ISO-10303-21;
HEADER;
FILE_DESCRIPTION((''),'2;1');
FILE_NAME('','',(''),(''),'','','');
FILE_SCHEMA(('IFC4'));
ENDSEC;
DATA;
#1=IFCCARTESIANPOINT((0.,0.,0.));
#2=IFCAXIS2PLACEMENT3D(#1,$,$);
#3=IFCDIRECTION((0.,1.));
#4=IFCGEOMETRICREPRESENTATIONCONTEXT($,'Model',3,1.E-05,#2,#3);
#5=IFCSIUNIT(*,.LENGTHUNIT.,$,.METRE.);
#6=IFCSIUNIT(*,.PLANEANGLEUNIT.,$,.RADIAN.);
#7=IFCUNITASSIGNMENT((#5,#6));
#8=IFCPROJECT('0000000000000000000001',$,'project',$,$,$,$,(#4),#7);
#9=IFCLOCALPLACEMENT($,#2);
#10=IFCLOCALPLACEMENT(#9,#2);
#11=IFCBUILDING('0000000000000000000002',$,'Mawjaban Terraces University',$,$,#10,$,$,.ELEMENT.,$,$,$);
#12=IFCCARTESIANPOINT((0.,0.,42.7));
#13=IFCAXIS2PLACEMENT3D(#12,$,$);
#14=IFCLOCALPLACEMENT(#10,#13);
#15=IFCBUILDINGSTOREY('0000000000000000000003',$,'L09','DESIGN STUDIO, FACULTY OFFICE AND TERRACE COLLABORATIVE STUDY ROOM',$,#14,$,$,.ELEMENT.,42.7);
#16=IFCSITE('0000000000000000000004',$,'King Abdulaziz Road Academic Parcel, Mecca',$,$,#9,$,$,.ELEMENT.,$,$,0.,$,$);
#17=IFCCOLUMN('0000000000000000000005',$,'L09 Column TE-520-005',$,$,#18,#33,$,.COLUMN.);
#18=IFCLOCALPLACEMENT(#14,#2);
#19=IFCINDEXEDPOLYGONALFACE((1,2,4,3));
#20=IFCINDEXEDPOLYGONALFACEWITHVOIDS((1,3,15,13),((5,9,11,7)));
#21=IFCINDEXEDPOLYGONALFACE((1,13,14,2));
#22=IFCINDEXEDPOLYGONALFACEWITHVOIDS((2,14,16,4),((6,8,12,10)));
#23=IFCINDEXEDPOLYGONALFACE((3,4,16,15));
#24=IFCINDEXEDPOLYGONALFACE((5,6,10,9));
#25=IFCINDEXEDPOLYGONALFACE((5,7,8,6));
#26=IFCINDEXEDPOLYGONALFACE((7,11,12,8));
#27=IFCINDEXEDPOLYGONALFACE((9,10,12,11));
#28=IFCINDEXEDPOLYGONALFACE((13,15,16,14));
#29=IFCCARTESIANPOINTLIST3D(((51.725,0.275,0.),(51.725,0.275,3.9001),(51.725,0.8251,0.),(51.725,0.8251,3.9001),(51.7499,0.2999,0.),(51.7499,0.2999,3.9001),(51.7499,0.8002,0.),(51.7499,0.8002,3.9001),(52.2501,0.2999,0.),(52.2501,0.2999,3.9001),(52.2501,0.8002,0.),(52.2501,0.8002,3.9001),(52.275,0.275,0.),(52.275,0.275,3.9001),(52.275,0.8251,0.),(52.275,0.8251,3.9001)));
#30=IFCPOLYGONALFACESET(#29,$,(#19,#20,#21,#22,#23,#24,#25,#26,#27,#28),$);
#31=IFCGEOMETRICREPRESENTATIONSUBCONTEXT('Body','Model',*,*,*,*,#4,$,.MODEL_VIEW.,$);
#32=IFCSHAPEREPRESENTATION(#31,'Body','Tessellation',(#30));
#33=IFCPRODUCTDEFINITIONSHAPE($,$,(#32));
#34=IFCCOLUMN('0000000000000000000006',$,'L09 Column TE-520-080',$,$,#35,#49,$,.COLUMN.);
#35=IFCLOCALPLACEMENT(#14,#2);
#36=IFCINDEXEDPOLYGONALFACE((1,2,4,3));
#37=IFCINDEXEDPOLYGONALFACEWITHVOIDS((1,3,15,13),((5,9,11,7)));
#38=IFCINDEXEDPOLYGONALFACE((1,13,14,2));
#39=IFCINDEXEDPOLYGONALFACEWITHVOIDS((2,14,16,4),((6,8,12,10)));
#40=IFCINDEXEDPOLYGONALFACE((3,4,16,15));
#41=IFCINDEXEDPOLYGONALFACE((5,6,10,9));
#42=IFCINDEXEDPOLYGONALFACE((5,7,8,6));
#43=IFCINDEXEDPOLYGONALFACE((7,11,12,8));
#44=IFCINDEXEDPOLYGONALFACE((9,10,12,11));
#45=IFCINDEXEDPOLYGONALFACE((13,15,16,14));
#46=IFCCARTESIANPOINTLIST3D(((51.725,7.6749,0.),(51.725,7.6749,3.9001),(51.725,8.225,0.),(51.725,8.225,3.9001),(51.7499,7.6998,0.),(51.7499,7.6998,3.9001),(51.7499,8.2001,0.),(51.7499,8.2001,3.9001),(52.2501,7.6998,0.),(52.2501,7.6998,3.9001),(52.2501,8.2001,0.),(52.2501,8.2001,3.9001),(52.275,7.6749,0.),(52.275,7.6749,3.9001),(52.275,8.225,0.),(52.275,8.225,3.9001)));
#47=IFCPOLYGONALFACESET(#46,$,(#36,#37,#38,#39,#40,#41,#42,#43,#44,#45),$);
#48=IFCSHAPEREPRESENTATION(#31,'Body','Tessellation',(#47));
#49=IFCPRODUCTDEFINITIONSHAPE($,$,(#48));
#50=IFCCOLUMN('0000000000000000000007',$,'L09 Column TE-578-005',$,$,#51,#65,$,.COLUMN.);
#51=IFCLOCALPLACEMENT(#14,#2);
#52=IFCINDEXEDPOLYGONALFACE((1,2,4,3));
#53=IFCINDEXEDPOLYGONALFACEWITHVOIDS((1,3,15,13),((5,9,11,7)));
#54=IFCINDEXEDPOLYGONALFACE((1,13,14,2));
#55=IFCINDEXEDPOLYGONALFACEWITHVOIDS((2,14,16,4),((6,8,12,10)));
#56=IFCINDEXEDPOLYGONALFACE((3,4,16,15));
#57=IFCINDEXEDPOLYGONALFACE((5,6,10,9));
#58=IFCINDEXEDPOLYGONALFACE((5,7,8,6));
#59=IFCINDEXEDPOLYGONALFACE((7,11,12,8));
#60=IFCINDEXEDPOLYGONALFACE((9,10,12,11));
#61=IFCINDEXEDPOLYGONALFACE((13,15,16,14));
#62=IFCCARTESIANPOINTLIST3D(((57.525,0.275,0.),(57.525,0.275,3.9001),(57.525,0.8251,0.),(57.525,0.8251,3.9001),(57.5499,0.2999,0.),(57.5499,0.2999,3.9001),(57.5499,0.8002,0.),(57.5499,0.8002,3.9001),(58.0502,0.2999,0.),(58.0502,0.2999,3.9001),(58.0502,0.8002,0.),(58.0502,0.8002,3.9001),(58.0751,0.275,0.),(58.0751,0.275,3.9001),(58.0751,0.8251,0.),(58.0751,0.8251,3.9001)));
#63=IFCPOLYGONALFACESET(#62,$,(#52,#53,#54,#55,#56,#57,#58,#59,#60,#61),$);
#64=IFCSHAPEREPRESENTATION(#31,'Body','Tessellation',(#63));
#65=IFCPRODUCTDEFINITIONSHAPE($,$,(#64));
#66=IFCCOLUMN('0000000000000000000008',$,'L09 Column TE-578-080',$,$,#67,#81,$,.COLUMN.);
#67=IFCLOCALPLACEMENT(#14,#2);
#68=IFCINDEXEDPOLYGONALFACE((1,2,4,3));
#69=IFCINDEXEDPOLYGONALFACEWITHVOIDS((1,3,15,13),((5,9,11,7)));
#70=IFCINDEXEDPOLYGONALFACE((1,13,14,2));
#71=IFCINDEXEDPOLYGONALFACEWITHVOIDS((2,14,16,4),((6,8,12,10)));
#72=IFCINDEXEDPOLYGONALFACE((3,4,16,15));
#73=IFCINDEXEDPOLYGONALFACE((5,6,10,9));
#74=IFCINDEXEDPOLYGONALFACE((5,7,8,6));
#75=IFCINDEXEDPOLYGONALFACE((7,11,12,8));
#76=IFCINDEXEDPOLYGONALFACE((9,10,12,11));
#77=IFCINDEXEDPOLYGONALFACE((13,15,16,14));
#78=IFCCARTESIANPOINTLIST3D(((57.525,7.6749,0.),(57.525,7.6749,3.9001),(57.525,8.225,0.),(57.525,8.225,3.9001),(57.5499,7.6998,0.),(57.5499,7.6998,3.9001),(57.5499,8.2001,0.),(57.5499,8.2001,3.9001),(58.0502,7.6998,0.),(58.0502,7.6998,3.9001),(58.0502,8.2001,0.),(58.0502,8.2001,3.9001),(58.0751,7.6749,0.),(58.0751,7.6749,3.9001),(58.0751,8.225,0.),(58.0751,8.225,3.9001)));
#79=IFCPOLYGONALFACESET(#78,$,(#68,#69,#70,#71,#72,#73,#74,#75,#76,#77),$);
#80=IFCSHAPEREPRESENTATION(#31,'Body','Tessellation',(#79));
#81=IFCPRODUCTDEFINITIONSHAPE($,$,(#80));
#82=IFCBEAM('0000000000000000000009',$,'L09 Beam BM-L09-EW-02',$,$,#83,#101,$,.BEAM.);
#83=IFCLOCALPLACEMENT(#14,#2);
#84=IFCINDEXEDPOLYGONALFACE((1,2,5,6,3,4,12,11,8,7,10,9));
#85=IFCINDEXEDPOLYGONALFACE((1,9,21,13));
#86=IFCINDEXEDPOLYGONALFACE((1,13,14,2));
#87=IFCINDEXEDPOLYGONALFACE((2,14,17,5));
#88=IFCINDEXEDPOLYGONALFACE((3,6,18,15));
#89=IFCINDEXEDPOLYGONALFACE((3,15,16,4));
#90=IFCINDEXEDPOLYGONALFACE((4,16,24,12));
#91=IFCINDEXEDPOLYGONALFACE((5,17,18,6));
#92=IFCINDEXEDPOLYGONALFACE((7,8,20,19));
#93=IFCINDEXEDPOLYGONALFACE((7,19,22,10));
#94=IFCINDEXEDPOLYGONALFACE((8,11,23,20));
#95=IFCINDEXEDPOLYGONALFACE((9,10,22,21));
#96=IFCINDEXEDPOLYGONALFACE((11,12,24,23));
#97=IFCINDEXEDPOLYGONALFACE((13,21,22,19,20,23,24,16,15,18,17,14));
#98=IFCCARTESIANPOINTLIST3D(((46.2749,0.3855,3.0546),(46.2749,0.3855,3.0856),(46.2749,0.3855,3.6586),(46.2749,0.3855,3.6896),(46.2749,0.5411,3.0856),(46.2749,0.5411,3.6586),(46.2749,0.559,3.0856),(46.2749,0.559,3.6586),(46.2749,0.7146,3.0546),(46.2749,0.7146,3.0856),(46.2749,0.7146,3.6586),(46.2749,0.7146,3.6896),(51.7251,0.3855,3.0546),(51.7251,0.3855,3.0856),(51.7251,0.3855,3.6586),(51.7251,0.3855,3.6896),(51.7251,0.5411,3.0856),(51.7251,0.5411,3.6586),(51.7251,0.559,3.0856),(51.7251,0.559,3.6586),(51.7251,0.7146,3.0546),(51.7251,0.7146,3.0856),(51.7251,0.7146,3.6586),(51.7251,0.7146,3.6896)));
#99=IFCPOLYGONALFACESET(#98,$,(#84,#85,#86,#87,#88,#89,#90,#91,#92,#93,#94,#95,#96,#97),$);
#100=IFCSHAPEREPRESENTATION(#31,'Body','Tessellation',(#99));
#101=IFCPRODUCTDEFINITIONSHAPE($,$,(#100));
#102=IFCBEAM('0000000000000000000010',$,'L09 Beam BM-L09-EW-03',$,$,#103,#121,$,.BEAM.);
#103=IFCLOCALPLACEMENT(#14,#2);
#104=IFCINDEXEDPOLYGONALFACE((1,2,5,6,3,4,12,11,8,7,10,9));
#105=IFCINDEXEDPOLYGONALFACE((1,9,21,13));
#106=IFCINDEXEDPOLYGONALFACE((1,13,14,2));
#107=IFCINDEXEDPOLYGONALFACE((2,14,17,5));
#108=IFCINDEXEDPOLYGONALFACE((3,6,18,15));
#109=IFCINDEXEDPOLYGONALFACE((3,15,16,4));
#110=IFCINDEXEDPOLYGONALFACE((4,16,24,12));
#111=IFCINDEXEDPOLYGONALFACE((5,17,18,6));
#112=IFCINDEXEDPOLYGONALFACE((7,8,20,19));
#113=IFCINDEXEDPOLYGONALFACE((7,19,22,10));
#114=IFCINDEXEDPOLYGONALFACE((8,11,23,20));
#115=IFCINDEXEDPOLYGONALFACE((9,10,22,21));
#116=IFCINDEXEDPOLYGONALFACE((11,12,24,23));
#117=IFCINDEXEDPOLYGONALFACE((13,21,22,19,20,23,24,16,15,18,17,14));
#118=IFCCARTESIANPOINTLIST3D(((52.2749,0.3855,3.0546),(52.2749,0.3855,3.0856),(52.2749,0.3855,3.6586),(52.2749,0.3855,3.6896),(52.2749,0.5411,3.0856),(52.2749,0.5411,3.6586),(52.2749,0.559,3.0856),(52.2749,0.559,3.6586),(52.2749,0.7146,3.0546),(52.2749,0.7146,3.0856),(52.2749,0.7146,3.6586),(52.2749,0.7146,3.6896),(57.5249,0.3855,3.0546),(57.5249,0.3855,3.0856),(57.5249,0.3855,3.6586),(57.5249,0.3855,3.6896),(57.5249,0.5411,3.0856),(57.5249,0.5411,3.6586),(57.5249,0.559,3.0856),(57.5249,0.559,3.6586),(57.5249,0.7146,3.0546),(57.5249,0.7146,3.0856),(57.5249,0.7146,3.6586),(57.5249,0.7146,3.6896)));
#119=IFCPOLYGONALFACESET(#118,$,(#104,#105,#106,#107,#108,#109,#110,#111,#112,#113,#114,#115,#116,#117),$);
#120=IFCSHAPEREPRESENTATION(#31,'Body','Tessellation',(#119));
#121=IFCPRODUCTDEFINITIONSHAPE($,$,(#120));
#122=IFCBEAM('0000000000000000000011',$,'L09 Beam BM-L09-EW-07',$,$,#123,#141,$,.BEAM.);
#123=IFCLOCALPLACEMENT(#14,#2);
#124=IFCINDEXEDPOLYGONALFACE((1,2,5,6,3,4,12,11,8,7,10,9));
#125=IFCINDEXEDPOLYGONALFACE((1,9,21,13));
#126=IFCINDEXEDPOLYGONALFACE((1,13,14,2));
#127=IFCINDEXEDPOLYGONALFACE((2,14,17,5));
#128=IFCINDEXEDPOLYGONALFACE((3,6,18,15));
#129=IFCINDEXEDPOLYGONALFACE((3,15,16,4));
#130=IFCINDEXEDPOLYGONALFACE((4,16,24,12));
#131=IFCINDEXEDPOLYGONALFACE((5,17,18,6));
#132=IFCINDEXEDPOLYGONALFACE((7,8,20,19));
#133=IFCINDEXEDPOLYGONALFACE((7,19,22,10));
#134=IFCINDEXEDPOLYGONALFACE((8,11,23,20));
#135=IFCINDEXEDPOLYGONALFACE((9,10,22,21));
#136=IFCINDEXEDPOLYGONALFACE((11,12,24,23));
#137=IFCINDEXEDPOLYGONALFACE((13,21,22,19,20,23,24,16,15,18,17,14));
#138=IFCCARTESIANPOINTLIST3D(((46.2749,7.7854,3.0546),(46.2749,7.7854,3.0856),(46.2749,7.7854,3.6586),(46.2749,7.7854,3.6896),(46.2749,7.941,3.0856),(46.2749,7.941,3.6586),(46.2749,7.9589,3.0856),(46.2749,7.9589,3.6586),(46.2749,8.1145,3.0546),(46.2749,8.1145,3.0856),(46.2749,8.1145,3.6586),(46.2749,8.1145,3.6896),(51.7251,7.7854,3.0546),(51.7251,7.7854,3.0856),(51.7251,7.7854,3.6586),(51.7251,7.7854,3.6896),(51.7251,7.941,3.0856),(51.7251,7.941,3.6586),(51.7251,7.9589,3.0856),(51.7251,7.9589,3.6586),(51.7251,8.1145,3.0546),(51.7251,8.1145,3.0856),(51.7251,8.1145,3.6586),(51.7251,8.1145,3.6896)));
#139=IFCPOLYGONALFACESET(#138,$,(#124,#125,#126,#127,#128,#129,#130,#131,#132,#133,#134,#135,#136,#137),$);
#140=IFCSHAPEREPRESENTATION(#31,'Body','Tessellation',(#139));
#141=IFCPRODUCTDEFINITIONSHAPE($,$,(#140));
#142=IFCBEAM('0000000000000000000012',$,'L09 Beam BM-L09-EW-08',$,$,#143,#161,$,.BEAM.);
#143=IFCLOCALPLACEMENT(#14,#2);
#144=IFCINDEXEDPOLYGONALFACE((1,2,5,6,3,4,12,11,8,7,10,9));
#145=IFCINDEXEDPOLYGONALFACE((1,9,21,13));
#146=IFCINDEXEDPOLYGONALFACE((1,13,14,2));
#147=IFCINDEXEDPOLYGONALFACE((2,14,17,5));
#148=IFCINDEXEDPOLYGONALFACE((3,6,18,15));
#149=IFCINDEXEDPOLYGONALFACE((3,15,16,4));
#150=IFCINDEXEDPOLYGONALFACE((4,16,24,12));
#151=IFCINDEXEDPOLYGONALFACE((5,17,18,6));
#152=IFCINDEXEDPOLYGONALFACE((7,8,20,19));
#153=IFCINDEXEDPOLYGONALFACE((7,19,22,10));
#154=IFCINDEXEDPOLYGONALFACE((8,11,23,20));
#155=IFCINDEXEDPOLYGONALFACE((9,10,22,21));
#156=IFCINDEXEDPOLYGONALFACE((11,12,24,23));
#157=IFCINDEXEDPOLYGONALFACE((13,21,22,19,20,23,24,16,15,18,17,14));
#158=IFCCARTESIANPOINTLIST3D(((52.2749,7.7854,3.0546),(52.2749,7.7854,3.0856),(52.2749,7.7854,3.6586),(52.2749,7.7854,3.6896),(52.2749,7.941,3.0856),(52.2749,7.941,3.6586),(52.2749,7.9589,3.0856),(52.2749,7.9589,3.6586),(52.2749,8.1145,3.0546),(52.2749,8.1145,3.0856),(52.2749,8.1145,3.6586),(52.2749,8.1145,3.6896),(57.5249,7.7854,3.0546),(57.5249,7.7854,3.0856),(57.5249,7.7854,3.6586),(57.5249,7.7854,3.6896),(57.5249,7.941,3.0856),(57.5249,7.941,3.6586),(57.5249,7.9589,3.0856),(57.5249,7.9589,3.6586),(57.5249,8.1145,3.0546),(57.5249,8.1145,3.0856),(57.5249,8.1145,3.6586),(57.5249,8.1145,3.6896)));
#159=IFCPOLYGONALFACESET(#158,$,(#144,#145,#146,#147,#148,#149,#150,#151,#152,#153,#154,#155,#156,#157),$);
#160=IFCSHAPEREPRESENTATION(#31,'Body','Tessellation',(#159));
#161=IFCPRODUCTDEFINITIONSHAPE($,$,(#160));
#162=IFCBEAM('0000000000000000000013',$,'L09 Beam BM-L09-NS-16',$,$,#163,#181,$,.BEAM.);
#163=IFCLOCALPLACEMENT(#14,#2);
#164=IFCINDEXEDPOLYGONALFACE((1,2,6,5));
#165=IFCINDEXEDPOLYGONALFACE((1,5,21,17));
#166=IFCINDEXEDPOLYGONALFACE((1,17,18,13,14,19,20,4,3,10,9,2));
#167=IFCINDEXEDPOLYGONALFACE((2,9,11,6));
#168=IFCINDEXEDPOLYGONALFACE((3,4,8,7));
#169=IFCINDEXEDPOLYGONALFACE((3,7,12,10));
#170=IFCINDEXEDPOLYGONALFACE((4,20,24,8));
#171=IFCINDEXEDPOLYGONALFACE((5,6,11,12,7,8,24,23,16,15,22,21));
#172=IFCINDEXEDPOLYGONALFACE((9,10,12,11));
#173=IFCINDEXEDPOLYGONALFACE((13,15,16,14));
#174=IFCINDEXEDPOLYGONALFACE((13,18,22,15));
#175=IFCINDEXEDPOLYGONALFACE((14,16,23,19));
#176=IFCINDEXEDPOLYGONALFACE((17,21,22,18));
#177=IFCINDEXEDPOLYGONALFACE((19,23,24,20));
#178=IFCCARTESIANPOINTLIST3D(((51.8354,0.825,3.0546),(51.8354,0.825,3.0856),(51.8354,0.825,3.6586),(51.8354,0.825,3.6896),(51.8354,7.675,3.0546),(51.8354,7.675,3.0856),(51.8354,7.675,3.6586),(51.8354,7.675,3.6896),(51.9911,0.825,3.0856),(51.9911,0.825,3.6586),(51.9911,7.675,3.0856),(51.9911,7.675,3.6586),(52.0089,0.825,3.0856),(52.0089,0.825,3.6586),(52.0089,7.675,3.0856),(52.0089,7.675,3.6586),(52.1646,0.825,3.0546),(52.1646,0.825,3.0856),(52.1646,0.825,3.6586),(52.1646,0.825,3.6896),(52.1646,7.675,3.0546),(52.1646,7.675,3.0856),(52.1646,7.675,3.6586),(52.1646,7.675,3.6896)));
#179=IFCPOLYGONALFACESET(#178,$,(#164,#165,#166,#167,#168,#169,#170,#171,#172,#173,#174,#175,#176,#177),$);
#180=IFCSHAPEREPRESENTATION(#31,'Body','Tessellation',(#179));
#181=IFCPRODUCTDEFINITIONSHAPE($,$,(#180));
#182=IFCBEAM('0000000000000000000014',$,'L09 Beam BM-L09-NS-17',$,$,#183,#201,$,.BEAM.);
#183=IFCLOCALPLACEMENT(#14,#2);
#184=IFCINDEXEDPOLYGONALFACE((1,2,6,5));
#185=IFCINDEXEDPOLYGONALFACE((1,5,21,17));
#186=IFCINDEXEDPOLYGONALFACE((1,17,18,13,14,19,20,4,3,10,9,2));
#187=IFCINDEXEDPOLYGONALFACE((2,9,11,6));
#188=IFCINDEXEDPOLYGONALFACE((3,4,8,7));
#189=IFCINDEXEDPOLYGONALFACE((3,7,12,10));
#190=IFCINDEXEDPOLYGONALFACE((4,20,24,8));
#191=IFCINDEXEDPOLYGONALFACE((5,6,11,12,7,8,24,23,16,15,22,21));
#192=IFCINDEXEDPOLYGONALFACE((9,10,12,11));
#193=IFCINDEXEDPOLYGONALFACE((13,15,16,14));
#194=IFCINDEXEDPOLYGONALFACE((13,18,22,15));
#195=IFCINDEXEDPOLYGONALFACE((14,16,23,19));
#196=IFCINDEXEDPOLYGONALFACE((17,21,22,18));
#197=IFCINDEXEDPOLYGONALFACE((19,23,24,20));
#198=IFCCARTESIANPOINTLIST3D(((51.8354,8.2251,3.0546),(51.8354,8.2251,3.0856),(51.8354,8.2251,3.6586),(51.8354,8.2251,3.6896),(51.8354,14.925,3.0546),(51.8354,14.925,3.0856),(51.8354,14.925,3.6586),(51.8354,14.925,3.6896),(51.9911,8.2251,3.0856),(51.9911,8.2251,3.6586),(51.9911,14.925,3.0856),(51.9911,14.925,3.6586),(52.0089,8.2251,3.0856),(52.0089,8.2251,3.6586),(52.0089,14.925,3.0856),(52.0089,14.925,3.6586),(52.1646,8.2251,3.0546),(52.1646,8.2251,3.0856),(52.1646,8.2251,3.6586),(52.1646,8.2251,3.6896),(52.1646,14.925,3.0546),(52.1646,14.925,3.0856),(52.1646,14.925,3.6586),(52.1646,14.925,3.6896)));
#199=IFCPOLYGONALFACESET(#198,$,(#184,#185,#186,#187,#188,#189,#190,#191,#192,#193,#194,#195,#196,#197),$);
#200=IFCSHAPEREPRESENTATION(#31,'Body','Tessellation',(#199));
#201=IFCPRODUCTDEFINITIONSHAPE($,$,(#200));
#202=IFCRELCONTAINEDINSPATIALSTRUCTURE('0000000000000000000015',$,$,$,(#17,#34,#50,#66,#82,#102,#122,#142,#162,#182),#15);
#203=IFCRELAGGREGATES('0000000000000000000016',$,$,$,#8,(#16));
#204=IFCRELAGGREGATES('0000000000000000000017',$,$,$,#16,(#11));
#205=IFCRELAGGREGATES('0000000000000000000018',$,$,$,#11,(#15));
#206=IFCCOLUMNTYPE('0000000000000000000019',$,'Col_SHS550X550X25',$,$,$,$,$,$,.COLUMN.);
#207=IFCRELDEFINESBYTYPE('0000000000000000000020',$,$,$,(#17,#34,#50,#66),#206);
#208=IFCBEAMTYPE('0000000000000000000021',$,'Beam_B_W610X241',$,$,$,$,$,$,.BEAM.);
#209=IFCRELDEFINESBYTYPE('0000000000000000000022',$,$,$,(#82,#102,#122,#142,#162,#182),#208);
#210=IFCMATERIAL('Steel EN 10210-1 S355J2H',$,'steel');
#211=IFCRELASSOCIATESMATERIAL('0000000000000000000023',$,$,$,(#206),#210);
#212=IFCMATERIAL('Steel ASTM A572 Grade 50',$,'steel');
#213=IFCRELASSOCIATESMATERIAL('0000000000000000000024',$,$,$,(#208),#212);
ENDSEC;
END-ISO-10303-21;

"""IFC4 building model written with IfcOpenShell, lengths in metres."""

from ifc_helpers import new_model, si_unit, direction, frame, origin, origin_2d, place, context, subcontext, project, spatial, hollow_rectangle, i_section, extrude, material, material_profile, profile_set, type_object, element, save


model = new_model("IFC4")

# Units and contexts
model_context = context("Model", 3, precision=1e-05, world=origin(), true_north=direction((0.0, 1.0)))
body_context = subcontext(model_context, "Body", "Model", "MODEL_VIEW")
ifc_project = project(units=[si_unit("LENGTHUNIT", "METRE"), si_unit("PLANEANGLEUNIT", "RADIAN")], contexts=[model_context])

# Site, building, storey
site_placement = place(None, origin())
site = spatial("IfcSite", under=ifc_project, at=site_placement, Name="King Abdulaziz Road Academic Parcel, Mecca", CompositionType="ELEMENT", RefElevation=0.0)
building_placement = place(site_placement, origin())
building = spatial("IfcBuilding", under=site, at=building_placement, Name="Mawjaban Terraces University", CompositionType="ELEMENT")
storey_placement = place(building_placement, frame((0.0, 0.0, 42.7)))
storey = spatial("IfcBuildingStorey", under=building, at=storey_placement, Name="L09", Description="DESIGN STUDIO, FACULTY OFFICE AND TERRACE COLLABORATIVE STUDY ROOM", CompositionType="ELEMENT", Elevation=42.7)

# Columns
ifc_material_1 = material(Name="Steel EN 10210-1 S355J2H", Category="steel")
ifc_material_profile_1 = material_profile(ifc_material_1, hollow_rectangle(XDim=0.55, YDim=0.55, WallThickness=0.0249, at=origin_2d()), Name="SHS550X550X25")
ifc_profile_set_1 = profile_set([ifc_material_profile_1], Name="Steel EN 10210-1 S355J2H")
column_type = type_object("IfcColumnType", Name="Col_SHS550X550X25", PredefinedType="COLUMN", material=ifc_profile_set_1)
for number, where, z_axis, x_axis, name in (
    (1, (52.0, 0.55, 0.0), (0.0, 0.0, 1.0), (1.0, 0.0, 0.0), "L09 Column TE-520-005"),
    (2, (52.0, 7.95, 0.0), (0.0, 0.0, 1.0), (1.0, 0.0, 0.0), "L09 Column TE-520-080"),
    (3, (57.8, 0.55, 0.0), (0.0, 0.0, 1.0), (1.0, 0.0, 0.0), "L09 Column TE-578-005"),
    (4, (57.8, 7.95, 0.0), (0.0, 0.0, 1.0), (1.0, 0.0, 0.0), "L09 Column TE-578-080"),
):
    element("IfcColumn", number, at=place(storey_placement, frame(where, z_axis=z_axis, x_axis=x_axis)), inside=storey, type_object=column_type, Name=name, PredefinedType="COLUMN", context=body_context, shape_type="SweptSolid", body=[
        extrude(hollow_rectangle(XDim=0.55, YDim=0.55, WallThickness=0.0249, at=origin_2d()), origin(), (0.0, 0.0, 1.0), 3.9001),
    ])

# Beams
ifc_material_2 = material(Name="Steel ASTM A572 Grade 50", Category="steel")
ifc_material_profile_2 = material_profile(ifc_material_2, i_section(OverallWidth=0.3291, OverallDepth=0.635, WebThickness=0.0178, FlangeThickness=0.031, at=origin_2d()), Name="W610X241")
ifc_profile_set_2 = profile_set([ifc_material_profile_2], Name="Steel ASTM A572 Grade 50")
beam_type_1 = type_object("IfcBeamType", Name="Beam_B_W610X241", PredefinedType="BEAM", material=ifc_profile_set_2)
beam_1_placement = place(storey_placement, frame((46.2749, 0.55, 3.3721), z_axis=(1.0, 0.0, 0.0), x_axis=(0.0, 1.0, 0.0)))
element("IfcBeam", 5, at=beam_1_placement, inside=storey, type_object=beam_type_1, Name="L09 Beam BM-L09-EW-02", PredefinedType="BEAM", context=body_context, shape_type="SweptSolid", body=[
    extrude(i_section(OverallWidth=0.3291, OverallDepth=0.635, WebThickness=0.0178, FlangeThickness=0.031, at=origin_2d()), origin(), (0.0, 0.0, 1.0), 5.4502),
])
beam_2_placement = place(storey_placement, frame((52.2749, 0.55, 3.3721), z_axis=(1.0, 0.0, 0.0), x_axis=(0.0, 1.0, 0.0)))
element("IfcBeam", 6, at=beam_2_placement, inside=storey, type_object=beam_type_1, Name="L09 Beam BM-L09-EW-03", PredefinedType="BEAM", context=body_context, shape_type="SweptSolid", body=[
    extrude(i_section(OverallWidth=0.3291, OverallDepth=0.635, WebThickness=0.0178, FlangeThickness=0.031, at=origin_2d()), origin(), (0.0, 0.0, 1.0), 5.25),
])
beam_3_placement = place(storey_placement, frame((46.2749, 7.95, 3.3721), z_axis=(1.0, 0.0, 0.0), x_axis=(0.0, 1.0, 0.0)))
element("IfcBeam", 7, at=beam_3_placement, inside=storey, type_object=beam_type_1, Name="L09 Beam BM-L09-EW-07", PredefinedType="BEAM", context=body_context, shape_type="SweptSolid", body=[
    extrude(i_section(OverallWidth=0.3291, OverallDepth=0.635, WebThickness=0.0178, FlangeThickness=0.031, at=origin_2d()), origin(), (0.0, 0.0, 1.0), 5.4502),
])
beam_4_placement = place(storey_placement, frame((52.2749, 7.95, 3.3721), z_axis=(1.0, 0.0, 0.0), x_axis=(0.0, 1.0, 0.0)))
element("IfcBeam", 8, at=beam_4_placement, inside=storey, type_object=beam_type_1, Name="L09 Beam BM-L09-EW-08", PredefinedType="BEAM", context=body_context, shape_type="SweptSolid", body=[
    extrude(i_section(OverallWidth=0.3291, OverallDepth=0.635, WebThickness=0.0178, FlangeThickness=0.031, at=origin_2d()), origin(), (0.0, 0.0, 1.0), 5.25),
])
beam_5_placement = place(storey_placement, frame((52.0, 0.825, 3.3721), z_axis=(0.0, 1.0, 0.0), x_axis=(-1.0, 0.0, 0.0)))
element("IfcBeam", 9, at=beam_5_placement, inside=storey, type_object=beam_type_1, Name="L09 Beam BM-L09-NS-16", PredefinedType="BEAM", context=body_context, shape_type="SweptSolid", body=[
    extrude(i_section(OverallWidth=0.3291, OverallDepth=0.635, WebThickness=0.0178, FlangeThickness=0.031, at=origin_2d()), origin(), (0.0, 0.0, 1.0), 6.8501),
])
beam_6_placement = place(storey_placement, frame((52.0, 8.2251, 3.3721), z_axis=(0.0, 1.0, 0.0), x_axis=(-1.0, 0.0, 0.0)))
element("IfcBeam", 10, at=beam_6_placement, inside=storey, type_object=beam_type_1, Name="L09 Beam BM-L09-NS-17", PredefinedType="BEAM", context=body_context, shape_type="SweptSolid", body=[
    extrude(i_section(OverallWidth=0.3291, OverallDepth=0.635, WebThickness=0.0178, FlangeThickness=0.031, at=origin_2d()), origin(), (0.0, 0.0, 1.0), 6.7),
])

save(model, "model.ifc")
